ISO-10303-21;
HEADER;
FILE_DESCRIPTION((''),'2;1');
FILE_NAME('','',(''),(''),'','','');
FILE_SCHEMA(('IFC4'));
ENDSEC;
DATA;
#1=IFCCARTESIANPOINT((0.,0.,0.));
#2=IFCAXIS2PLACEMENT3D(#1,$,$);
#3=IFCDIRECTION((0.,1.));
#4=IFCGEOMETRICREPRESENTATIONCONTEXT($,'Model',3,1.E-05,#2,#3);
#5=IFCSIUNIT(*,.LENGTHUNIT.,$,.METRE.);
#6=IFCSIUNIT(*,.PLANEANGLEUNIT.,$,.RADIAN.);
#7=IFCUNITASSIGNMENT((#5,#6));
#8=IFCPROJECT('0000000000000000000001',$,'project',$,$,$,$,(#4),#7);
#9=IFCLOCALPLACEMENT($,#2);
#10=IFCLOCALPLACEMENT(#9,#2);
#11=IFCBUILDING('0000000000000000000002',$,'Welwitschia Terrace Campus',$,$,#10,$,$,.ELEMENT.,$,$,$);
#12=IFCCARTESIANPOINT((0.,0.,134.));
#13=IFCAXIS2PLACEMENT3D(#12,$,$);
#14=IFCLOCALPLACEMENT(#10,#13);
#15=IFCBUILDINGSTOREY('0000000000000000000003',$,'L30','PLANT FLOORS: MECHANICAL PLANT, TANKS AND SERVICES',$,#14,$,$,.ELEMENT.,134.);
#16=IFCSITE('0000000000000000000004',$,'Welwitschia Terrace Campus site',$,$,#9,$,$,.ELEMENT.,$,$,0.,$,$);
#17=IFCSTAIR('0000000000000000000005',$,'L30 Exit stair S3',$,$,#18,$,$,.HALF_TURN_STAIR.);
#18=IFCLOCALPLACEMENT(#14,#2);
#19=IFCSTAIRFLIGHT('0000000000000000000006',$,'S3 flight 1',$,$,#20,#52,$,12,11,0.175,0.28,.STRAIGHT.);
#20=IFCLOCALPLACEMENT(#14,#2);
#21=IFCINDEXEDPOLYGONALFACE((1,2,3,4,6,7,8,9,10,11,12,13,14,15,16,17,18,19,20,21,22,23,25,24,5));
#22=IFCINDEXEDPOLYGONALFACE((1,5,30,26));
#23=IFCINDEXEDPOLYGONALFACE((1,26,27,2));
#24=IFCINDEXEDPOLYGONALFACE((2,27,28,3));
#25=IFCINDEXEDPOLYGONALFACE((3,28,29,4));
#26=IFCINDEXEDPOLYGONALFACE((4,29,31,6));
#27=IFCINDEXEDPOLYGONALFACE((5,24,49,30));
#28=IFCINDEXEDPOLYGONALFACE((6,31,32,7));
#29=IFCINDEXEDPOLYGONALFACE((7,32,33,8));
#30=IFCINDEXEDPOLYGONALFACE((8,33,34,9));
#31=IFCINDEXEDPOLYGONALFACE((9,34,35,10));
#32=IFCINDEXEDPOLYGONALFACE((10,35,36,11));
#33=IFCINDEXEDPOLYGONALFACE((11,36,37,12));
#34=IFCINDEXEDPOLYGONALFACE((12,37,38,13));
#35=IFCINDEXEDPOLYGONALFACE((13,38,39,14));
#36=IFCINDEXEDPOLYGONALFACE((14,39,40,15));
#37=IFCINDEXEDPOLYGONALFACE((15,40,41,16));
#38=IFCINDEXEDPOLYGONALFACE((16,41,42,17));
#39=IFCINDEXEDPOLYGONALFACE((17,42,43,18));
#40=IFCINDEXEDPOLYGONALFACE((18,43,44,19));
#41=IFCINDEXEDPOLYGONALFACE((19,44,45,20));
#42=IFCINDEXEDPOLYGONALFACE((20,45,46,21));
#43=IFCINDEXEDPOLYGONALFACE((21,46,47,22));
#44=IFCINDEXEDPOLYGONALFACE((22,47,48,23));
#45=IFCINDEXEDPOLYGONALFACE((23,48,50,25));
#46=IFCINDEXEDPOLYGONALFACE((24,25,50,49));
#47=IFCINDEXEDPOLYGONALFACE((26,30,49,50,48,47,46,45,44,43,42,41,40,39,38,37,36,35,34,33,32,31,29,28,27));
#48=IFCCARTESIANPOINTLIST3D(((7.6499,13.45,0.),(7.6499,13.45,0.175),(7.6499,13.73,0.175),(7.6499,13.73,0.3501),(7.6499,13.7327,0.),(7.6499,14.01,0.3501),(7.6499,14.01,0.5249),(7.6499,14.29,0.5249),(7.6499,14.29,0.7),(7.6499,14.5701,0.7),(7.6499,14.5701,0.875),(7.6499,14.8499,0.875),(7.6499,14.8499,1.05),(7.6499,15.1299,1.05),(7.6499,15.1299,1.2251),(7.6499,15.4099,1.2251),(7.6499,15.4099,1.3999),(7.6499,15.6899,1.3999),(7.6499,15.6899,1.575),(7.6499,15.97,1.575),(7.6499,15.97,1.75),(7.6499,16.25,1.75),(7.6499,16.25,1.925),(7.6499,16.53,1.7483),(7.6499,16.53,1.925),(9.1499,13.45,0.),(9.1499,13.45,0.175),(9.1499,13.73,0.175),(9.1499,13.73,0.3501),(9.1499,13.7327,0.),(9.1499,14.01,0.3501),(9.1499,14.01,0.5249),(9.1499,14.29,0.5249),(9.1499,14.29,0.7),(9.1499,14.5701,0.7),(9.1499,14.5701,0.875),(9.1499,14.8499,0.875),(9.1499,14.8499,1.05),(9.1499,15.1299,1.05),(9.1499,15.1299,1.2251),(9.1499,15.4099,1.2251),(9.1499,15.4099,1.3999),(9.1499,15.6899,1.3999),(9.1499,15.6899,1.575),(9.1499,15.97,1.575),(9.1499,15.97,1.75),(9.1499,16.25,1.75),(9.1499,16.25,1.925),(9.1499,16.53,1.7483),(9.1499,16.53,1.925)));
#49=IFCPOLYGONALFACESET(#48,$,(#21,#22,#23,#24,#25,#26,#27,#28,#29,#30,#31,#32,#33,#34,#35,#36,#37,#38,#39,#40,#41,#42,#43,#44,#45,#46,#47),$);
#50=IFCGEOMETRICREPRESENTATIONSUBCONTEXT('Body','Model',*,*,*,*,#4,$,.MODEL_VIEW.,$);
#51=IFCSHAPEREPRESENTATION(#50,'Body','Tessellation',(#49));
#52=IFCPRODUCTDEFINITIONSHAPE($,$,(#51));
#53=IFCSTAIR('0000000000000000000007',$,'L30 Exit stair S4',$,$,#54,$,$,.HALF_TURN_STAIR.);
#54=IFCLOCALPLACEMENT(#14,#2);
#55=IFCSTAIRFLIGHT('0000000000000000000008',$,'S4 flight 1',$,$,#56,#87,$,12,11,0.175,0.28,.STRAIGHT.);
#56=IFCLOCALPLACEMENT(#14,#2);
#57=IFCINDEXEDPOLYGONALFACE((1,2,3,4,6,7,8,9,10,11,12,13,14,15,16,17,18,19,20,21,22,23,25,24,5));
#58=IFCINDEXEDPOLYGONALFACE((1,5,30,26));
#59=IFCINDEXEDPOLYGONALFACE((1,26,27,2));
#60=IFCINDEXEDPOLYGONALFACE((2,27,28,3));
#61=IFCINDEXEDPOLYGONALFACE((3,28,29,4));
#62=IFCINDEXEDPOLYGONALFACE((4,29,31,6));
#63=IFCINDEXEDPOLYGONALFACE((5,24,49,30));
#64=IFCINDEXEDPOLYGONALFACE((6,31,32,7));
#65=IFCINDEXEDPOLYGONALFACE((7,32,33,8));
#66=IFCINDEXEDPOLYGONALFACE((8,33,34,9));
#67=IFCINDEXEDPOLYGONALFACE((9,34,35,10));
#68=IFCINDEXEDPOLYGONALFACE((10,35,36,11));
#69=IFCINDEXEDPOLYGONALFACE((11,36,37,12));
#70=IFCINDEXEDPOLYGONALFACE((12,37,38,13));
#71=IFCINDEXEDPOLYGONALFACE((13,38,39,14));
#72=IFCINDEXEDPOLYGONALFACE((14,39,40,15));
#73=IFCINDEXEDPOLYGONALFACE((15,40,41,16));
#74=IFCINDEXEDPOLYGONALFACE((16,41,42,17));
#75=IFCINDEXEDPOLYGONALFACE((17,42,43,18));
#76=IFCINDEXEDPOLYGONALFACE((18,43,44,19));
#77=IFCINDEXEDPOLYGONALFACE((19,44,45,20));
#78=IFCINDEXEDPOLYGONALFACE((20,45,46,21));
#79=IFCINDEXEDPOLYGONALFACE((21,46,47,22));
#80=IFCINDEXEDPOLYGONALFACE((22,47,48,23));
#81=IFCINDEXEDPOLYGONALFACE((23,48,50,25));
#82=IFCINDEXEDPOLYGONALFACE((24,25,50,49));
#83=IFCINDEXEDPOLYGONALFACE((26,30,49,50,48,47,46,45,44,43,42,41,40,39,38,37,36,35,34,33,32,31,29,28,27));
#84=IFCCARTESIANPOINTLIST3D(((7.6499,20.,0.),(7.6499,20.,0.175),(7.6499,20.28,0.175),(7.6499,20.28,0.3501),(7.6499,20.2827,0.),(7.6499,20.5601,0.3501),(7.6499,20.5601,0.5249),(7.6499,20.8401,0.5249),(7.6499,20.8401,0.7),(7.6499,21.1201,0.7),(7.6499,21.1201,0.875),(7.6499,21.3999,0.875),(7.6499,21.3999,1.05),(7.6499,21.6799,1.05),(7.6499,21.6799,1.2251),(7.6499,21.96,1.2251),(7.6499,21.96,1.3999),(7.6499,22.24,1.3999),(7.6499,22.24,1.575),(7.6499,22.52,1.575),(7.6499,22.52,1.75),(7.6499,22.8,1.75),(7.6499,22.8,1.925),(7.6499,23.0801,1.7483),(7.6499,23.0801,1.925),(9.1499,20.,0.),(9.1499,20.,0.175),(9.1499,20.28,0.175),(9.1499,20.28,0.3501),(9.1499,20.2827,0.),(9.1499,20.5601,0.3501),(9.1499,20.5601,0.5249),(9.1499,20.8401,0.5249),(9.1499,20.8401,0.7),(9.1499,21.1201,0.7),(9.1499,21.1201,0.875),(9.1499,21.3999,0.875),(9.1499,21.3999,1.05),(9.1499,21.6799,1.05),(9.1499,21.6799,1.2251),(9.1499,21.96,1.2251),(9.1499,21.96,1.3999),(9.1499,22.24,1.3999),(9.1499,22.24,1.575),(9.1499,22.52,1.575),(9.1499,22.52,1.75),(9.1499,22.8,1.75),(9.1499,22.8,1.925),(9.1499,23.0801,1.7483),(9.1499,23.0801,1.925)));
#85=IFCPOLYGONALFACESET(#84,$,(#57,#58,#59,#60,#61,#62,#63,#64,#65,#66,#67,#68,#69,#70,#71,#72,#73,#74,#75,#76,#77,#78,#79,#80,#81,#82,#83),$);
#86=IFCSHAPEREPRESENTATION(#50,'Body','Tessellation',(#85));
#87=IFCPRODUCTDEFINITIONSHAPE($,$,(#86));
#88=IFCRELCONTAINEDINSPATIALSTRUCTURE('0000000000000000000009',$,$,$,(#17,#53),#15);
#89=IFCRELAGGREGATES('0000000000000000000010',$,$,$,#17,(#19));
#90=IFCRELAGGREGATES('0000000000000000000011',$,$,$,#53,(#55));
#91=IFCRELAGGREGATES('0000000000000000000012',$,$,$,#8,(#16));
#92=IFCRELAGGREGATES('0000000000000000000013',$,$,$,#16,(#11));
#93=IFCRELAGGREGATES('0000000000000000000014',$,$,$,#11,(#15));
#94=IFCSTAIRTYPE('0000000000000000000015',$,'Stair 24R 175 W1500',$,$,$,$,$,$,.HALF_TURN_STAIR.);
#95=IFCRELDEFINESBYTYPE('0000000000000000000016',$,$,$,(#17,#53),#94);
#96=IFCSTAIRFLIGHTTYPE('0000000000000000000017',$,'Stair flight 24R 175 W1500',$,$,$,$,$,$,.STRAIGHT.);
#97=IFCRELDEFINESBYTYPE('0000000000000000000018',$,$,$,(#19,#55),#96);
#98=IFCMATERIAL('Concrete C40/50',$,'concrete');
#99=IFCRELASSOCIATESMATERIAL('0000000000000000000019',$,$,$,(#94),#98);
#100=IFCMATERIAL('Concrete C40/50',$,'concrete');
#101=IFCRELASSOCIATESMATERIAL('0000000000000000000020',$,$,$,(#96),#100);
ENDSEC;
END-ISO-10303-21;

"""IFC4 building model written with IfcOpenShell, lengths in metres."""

from ifc_helpers import new_model, si_unit, direction, frame, origin, place, context, subcontext, project, spatial, polyline, outline, extrude, material, type_object, element, aggregate, save


model = new_model("IFC4")

# Units and contexts
model_context = context("Model", 3, precision=1e-05, world=origin(), true_north=direction((0.0, 1.0)))
body_context = subcontext(model_context, "Body", "Model", "MODEL_VIEW")
ifc_project = project(units=[si_unit("LENGTHUNIT", "METRE"), si_unit("PLANEANGLEUNIT", "RADIAN")], contexts=[model_context])

# Site, building, storey
site_placement = place(None, origin())
site = spatial("IfcSite", under=ifc_project, at=site_placement, Name="Welwitschia Terrace Campus site", CompositionType="ELEMENT", RefElevation=0.0)
building_placement = place(site_placement, origin())
building = spatial("IfcBuilding", under=site, at=building_placement, Name="Welwitschia Terrace Campus", CompositionType="ELEMENT")
storey_placement = place(building_placement, frame((0.0, 0.0, 134.0)))
storey = spatial("IfcBuildingStorey", under=building, at=storey_placement, Name="L30", Description="PLANT FLOORS: MECHANICAL PLANT, TANKS AND SERVICES", CompositionType="ELEMENT", Elevation=134.0)

# Stairs, stair flights
ifc_material_1 = material(Name="Concrete C40/50", Category="concrete")
stair_type = type_object("IfcStairType", Name="Stair 24R 175 W1500", PredefinedType="HALF_TURN_STAIR", material=ifc_material_1)
stair_1_placement = place(storey_placement, origin())
stair_1 = element("IfcStair", 1, at=stair_1_placement, inside=storey, type_object=stair_type, Name="L30 Exit stair S3", PredefinedType="HALF_TURN_STAIR")
ifc_material_2 = material(Name="Concrete C40/50", Category="concrete")
stair_flight_type = type_object("IfcStairFlightType", Name="Stair flight 24R 175 W1500", PredefinedType="STRAIGHT", material=ifc_material_2)
stair_flight_1_placement = place(storey_placement, frame((8.3999, 13.45, 0.0), z_axis=(0.0, 0.0, 1.0), x_axis=(0.0, 1.0, 0.0)))
stair_flight_1 = element("IfcStairFlight", 2, at=stair_flight_1_placement, type_object=stair_flight_type, Name="S3 flight 1", NumberOfRisers=12, NumberOfTreads=11, PredefinedType="STRAIGHT", RiserHeight=0.175, TreadLength=0.28, context=body_context, shape_type="SweptSolid", body=[
    extrude(outline(polyline([(0.0, 0.0), (0.0, 0.175), (0.28, 0.175), (0.28, 0.3501), (0.5601, 0.3501), (0.5601, 0.5249), (0.8401, 0.5249), (0.8401, 0.7), (1.1201, 0.7), (1.1201, 0.875), (1.3999, 0.875), (1.3999, 1.05), (1.6799, 1.05), (1.6799, 1.2251), (1.96, 1.2251), (1.96, 1.3999), (2.24, 1.3999), (2.24, 1.575), (2.52, 1.575), (2.52, 1.75), (2.8, 1.75), (2.8, 1.925), (3.0801, 1.925), (3.0801, 2.1001), (3.0801, 1.7483), (0.2827, 0.0), (0.0, 0.0)])), frame((0.0, 0.75, 0.0), z_axis=(0.0, -1.0, 0.0), x_axis=(1.0, 0.0, 0.0)), (0.0, 0.0, 1.0), 1.5),
])
aggregate(stair_1, [stair_flight_1])
stair_2_placement = place(storey_placement, origin())
stair_2 = element("IfcStair", 3, at=stair_2_placement, inside=storey, type_object=stair_type, Name="L30 Exit stair S4", PredefinedType="HALF_TURN_STAIR")
stair_flight_2_placement = place(storey_placement, frame((8.3999, 20.0, 0.0), z_axis=(0.0, 0.0, 1.0), x_axis=(0.0, 1.0, 0.0)))
stair_flight_2 = element("IfcStairFlight", 4, at=stair_flight_2_placement, type_object=stair_flight_type, Name="S4 flight 1", NumberOfRisers=12, NumberOfTreads=11, PredefinedType="STRAIGHT", RiserHeight=0.175, TreadLength=0.28, context=body_context, shape_type="SweptSolid", body=[
    extrude(outline(polyline([(0.0, 0.0), (0.0, 0.175), (0.28, 0.175), (0.28, 0.3501), (0.5601, 0.3501), (0.5601, 0.5249), (0.8401, 0.5249), (0.8401, 0.7), (1.1201, 0.7), (1.1201, 0.875), (1.3999, 0.875), (1.3999, 1.05), (1.6799, 1.05), (1.6799, 1.2251), (1.96, 1.2251), (1.96, 1.3999), (2.24, 1.3999), (2.24, 1.575), (2.52, 1.575), (2.52, 1.75), (2.8, 1.75), (2.8, 1.925), (3.0801, 1.925), (3.0801, 2.1001), (3.0801, 1.7483), (0.2827, 0.0), (0.0, 0.0)])), frame((0.0, 0.75, 0.0), z_axis=(0.0, -1.0, 0.0), x_axis=(1.0, 0.0, 0.0)), (0.0, 0.0, 1.0), 1.5),
])
aggregate(stair_2, [stair_flight_2])

save(model, "model.ifc")
